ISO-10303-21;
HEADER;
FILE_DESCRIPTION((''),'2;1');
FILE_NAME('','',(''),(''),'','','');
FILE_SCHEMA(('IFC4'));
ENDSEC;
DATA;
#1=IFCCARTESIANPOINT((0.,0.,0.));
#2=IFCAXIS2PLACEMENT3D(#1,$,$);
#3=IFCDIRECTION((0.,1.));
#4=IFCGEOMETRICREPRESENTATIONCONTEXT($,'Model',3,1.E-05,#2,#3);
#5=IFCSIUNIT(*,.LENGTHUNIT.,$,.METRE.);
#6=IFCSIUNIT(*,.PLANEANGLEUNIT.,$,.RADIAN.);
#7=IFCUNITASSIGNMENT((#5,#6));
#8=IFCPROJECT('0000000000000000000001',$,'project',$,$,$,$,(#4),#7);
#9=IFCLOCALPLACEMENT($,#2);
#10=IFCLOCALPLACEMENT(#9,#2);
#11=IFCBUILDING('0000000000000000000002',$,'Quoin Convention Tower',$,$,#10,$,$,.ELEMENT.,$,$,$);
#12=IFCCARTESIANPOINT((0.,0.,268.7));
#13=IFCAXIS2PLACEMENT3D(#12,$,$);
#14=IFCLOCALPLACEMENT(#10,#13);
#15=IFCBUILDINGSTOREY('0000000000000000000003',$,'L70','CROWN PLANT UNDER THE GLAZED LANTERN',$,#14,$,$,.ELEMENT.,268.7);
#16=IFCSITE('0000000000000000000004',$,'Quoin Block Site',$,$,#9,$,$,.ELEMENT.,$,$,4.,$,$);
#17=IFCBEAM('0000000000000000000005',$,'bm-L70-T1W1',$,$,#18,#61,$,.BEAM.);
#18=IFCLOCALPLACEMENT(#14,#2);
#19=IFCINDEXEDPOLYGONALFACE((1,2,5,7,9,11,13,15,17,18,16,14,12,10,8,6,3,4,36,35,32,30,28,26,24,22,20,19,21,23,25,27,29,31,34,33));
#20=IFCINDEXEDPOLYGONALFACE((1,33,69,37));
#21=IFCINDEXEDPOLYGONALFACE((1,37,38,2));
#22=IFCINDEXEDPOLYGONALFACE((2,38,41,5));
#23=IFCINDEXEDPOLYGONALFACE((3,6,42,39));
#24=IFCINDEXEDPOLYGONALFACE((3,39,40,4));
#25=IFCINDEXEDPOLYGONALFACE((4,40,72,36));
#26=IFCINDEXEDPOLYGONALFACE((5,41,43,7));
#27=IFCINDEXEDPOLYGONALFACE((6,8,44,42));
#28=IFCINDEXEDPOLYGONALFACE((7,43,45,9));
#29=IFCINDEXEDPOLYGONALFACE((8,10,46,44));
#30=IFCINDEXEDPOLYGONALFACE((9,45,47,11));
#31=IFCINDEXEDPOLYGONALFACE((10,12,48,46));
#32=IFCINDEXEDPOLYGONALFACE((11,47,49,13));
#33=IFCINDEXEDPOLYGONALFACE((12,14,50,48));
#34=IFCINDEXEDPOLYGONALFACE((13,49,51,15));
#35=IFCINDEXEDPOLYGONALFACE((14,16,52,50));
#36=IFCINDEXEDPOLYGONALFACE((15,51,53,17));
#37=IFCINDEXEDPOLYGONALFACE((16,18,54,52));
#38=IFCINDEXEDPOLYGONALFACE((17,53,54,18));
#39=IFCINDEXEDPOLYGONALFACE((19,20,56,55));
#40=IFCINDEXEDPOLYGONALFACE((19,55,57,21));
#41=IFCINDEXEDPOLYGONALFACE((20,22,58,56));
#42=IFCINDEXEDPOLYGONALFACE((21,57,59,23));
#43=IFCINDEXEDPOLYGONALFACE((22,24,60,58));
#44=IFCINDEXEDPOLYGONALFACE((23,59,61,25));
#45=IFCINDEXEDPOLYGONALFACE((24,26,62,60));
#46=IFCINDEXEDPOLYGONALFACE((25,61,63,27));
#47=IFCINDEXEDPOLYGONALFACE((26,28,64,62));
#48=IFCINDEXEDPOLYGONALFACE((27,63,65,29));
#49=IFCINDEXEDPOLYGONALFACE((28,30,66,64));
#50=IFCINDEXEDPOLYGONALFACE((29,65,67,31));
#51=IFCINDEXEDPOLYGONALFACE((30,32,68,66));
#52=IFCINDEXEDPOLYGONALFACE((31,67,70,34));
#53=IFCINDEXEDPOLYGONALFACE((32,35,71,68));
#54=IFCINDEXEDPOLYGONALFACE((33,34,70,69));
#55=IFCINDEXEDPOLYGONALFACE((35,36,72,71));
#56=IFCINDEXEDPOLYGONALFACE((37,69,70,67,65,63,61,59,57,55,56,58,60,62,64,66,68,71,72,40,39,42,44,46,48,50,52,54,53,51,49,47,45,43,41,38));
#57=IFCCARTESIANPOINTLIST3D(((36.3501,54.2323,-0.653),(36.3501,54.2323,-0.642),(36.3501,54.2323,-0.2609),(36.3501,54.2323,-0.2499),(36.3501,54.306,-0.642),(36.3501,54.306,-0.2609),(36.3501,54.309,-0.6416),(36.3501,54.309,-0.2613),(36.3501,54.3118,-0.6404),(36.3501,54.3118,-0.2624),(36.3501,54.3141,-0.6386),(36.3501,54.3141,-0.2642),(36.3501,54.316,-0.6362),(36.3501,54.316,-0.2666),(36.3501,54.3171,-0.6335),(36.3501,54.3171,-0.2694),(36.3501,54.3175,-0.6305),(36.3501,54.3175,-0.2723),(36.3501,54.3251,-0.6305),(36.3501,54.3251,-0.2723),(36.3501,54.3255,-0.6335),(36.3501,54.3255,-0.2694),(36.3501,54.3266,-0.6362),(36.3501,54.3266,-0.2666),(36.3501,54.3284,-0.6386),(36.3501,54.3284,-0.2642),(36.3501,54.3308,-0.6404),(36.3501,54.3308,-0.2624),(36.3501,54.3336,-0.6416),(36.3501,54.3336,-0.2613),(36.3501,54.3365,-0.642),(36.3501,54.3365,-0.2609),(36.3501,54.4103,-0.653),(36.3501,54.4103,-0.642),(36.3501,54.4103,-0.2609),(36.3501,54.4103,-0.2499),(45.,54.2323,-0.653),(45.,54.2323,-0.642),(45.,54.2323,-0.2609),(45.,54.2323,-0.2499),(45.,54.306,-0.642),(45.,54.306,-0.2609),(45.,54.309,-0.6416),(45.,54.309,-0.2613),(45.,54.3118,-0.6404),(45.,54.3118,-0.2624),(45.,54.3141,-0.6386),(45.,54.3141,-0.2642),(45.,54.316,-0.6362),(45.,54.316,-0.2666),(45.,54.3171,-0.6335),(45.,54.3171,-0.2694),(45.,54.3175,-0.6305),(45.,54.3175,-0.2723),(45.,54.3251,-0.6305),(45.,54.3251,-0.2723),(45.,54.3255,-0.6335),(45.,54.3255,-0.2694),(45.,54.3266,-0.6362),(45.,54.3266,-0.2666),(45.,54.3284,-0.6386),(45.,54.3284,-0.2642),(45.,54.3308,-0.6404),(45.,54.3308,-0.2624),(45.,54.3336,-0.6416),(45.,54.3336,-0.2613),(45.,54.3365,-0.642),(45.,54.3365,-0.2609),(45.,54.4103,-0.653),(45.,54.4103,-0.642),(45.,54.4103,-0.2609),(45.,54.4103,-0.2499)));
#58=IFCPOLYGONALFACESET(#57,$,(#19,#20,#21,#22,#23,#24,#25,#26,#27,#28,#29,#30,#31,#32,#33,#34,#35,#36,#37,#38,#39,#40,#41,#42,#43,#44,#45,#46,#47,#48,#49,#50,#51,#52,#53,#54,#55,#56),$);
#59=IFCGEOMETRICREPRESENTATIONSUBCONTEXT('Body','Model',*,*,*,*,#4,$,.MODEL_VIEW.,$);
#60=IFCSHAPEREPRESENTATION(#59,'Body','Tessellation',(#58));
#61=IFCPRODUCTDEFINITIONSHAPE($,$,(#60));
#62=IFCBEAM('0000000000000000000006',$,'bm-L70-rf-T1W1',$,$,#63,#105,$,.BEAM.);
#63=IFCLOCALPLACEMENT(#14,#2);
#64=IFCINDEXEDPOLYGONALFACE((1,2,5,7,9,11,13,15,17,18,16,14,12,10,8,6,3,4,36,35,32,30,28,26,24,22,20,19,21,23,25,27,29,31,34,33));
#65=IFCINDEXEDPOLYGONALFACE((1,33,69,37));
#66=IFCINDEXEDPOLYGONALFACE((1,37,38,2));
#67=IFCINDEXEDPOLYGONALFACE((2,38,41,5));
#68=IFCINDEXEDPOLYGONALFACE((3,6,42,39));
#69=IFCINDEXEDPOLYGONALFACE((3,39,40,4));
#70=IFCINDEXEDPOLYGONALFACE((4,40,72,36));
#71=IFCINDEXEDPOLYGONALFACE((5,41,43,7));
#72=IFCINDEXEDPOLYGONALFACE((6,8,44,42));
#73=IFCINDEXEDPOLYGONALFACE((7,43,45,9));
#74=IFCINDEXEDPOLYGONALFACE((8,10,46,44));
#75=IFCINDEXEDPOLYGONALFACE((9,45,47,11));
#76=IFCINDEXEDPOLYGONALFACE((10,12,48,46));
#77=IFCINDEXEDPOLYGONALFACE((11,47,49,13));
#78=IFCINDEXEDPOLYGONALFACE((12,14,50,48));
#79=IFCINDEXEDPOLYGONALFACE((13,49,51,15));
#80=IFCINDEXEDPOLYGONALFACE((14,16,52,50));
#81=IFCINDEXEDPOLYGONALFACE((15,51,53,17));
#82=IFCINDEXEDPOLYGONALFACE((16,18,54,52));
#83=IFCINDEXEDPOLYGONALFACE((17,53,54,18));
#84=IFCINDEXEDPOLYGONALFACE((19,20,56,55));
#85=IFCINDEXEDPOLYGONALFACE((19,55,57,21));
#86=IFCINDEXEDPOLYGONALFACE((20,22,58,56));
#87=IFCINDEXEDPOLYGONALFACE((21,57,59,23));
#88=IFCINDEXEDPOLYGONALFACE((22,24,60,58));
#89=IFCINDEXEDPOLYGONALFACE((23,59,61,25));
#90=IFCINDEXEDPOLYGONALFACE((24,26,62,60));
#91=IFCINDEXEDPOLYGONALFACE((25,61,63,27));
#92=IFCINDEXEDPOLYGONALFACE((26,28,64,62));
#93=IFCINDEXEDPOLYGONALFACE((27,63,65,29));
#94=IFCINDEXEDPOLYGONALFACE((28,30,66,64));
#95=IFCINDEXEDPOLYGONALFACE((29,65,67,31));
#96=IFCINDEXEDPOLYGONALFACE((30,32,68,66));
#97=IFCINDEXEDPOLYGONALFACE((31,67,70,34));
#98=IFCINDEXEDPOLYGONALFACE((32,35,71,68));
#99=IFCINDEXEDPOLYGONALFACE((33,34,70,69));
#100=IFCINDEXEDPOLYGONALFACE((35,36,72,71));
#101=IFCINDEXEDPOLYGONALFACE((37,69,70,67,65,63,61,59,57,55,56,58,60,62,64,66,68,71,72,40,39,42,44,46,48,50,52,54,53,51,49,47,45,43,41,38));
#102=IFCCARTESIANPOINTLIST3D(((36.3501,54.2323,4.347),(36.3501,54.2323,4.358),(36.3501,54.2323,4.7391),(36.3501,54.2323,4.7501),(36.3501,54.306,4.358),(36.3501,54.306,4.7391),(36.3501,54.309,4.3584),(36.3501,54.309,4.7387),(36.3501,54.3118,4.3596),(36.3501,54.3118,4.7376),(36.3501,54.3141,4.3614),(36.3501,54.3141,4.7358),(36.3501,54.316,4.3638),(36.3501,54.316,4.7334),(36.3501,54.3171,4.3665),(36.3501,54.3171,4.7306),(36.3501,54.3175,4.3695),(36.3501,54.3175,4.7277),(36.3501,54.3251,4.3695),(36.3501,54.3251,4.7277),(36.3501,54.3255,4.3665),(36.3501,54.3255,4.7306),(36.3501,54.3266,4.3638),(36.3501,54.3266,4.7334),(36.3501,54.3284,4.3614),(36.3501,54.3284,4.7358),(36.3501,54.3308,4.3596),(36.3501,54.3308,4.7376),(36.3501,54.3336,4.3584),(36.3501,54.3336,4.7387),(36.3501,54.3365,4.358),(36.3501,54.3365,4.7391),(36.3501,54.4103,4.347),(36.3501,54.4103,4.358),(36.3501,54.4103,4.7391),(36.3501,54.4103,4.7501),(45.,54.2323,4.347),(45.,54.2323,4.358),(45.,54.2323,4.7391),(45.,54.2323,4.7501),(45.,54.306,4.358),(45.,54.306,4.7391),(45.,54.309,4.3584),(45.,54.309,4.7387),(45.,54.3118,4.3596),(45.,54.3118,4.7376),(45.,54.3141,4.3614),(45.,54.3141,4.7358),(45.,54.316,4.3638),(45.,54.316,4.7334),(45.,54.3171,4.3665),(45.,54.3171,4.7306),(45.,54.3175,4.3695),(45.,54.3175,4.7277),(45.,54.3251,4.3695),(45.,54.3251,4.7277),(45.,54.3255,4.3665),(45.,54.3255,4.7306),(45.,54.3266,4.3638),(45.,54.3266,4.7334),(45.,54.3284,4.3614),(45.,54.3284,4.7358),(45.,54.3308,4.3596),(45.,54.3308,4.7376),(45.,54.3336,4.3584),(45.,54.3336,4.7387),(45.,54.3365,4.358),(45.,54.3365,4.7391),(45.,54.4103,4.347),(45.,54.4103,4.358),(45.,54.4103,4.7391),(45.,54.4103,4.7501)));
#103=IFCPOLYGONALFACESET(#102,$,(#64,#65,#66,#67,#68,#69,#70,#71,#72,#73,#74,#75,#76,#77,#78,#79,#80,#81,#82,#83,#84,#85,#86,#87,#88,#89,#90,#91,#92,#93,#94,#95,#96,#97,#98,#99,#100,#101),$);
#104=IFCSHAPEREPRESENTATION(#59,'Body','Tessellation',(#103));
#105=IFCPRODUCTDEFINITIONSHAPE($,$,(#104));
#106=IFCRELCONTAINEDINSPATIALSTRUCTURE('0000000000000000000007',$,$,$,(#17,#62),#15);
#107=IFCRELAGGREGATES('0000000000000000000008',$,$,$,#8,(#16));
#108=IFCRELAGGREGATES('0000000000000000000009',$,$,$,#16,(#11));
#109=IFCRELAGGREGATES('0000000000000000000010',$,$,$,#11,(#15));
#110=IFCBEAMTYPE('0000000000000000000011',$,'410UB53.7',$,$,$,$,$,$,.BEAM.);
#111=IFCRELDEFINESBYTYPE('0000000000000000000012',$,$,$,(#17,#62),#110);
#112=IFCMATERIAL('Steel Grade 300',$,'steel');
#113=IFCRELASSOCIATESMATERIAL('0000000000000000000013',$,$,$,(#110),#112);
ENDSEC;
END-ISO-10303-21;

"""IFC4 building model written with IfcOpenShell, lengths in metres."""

from ifc_helpers import new_model, si_unit, direction, frame, origin, origin_2d, place, context, subcontext, project, spatial, i_section, extrude, material, material_profile, profile_set, type_object, element, save


model = new_model("IFC4")

# Units and contexts
model_context = context("Model", 3, precision=1e-05, world=origin(), true_north=direction((0.0, 1.0)))
body_context = subcontext(model_context, "Body", "Model", "MODEL_VIEW")
ifc_project = project(units=[si_unit("LENGTHUNIT", "METRE"), si_unit("PLANEANGLEUNIT", "RADIAN")], contexts=[model_context])

# Site, building, storey
site_placement = place(None, origin())
site = spatial("IfcSite", under=ifc_project, at=site_placement, Name="Quoin Block Site", CompositionType="ELEMENT", RefElevation=4.0)
building_placement = place(site_placement, origin())
building = spatial("IfcBuilding", under=site, at=building_placement, Name="Quoin Convention Tower", CompositionType="ELEMENT")
storey_placement = place(building_placement, frame((0.0, 0.0, 268.7)))
storey = spatial("IfcBuildingStorey", under=building, at=storey_placement, Name="L70", Description="CROWN PLANT UNDER THE GLAZED LANTERN", CompositionType="ELEMENT", Elevation=268.7)

# Beams
ifc_material_1 = material(Name="Steel Grade 300", Category="steel")
ifc_material_profile = material_profile(ifc_material_1, i_section(OverallWidth=0.178, OverallDepth=0.4031, WebThickness=0.0076, FlangeThickness=0.011, FilletRadius=0.0115, at=origin_2d()), Name="410UB53.7")
ifc_profile_set = profile_set([ifc_material_profile], Name="Steel Grade 300")
beam_type = type_object("IfcBeamType", Name="410UB53.7", PredefinedType="BEAM", material=ifc_profile_set)
for number, where, z_axis, x_axis, name in (
    (1, (36.3501, 54.3213, -0.4514), (1.0, 0.0, 0.0), (0.0, 1.0, 0.0), "bm-L70-T1W1"),
    (2, (36.3501, 54.3213, 4.5486), (1.0, 0.0, 0.0), (0.0, 1.0, 0.0), "bm-L70-rf-T1W1"),
):
    element("IfcBeam", number, at=place(storey_placement, frame(where, z_axis=z_axis, x_axis=x_axis)), inside=storey, type_object=beam_type, Name=name, PredefinedType="BEAM", context=body_context, shape_type="SweptSolid", body=[
        extrude(i_section(OverallWidth=0.178, OverallDepth=0.4031, WebThickness=0.0076, FlangeThickness=0.011, FilletRadius=0.0115, at=origin_2d()), origin(), (0.0, 0.0, 1.0), 8.6499),
    ])

save(model, "model.ifc")
